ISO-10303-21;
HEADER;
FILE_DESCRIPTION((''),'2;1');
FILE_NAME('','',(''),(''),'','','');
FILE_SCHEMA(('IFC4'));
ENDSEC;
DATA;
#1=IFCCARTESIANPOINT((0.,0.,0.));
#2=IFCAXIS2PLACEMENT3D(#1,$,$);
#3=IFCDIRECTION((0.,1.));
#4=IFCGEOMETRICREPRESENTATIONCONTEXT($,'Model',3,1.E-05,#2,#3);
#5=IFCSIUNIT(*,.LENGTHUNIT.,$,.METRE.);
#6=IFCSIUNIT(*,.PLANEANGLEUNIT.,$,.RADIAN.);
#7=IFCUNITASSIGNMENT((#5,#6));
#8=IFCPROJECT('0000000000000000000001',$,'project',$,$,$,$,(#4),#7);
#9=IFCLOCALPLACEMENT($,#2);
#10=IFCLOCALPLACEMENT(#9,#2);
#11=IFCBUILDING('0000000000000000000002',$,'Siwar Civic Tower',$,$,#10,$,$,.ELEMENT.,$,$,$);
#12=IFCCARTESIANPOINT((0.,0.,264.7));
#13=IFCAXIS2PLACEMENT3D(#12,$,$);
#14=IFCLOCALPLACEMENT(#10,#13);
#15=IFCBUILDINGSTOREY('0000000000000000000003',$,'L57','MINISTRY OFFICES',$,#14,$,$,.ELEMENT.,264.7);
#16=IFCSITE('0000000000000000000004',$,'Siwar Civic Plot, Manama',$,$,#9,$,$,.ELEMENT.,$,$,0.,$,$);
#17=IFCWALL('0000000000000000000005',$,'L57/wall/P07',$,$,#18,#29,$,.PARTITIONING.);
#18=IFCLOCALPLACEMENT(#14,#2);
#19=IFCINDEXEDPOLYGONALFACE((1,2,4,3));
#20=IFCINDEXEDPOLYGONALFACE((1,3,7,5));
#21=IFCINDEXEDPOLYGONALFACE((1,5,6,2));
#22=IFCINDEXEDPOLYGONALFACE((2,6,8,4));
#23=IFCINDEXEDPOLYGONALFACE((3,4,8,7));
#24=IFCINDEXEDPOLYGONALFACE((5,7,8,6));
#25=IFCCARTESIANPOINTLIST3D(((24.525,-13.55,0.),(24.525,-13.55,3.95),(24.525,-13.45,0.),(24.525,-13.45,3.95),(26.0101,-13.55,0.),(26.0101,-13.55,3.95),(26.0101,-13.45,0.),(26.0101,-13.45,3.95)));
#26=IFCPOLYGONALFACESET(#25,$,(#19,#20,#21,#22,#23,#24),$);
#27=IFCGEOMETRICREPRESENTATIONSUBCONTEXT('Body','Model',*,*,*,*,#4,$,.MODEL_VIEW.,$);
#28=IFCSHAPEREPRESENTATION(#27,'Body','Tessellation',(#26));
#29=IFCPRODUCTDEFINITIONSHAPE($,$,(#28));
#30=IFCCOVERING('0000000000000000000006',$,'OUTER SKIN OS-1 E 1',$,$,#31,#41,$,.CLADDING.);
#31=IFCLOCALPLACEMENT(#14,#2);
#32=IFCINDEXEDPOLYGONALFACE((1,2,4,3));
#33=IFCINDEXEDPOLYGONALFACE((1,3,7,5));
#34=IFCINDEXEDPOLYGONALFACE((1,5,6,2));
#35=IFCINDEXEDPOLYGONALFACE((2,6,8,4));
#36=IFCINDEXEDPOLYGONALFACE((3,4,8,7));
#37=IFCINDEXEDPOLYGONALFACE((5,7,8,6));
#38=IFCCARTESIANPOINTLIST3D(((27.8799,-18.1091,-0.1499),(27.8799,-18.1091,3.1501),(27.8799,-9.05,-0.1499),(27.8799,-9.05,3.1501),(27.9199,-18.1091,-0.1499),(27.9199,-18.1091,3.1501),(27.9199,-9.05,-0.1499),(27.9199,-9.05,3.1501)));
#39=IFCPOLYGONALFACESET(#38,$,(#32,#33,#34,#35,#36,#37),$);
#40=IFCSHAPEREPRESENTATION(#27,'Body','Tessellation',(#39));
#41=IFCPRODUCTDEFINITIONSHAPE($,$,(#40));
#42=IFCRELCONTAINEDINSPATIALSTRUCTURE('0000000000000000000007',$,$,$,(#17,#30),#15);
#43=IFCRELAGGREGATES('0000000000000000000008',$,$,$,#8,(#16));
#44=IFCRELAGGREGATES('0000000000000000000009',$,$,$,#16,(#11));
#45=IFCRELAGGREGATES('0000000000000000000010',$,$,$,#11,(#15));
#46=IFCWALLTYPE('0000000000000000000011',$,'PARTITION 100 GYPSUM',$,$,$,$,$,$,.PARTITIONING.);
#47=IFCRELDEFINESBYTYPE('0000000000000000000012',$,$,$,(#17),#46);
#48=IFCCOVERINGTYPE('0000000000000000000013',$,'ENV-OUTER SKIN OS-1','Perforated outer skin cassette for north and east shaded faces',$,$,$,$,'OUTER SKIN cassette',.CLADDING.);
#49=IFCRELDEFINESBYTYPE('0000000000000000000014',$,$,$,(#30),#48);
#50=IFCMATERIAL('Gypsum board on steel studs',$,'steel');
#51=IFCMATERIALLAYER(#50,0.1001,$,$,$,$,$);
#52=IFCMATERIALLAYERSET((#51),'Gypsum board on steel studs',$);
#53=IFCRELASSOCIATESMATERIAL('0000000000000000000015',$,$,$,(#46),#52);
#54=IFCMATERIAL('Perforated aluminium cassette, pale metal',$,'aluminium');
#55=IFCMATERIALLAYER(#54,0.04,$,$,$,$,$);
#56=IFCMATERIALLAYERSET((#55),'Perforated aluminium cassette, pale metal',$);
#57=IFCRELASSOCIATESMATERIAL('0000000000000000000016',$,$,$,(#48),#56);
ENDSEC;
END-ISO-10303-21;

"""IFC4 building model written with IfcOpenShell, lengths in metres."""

from ifc_helpers import new_model, si_unit, direction, frame, frame_2d, origin, origin_2d, place, context, subcontext, project, spatial, rectangle, extrude, material, layer, layer_set, type_object, element, save


model = new_model("IFC4")

# Units and contexts
model_context = context("Model", 3, precision=1e-05, world=origin(), true_north=direction((0.0, 1.0)))
body_context = subcontext(model_context, "Body", "Model", "MODEL_VIEW")
ifc_project = project(units=[si_unit("LENGTHUNIT", "METRE"), si_unit("PLANEANGLEUNIT", "RADIAN")], contexts=[model_context])

# Site, building, storey
site_placement = place(None, origin())
site = spatial("IfcSite", under=ifc_project, at=site_placement, Name="Siwar Civic Plot, Manama", CompositionType="ELEMENT", RefElevation=0.0)
building_placement = place(site_placement, origin())
building = spatial("IfcBuilding", under=site, at=building_placement, Name="Siwar Civic Tower", CompositionType="ELEMENT")
storey_placement = place(building_placement, frame((0.0, 0.0, 264.7)))
storey = spatial("IfcBuildingStorey", under=building, at=storey_placement, Name="L57", Description="MINISTRY OFFICES", CompositionType="ELEMENT", Elevation=264.7)

# Shared definitions
ifc_material_1 = material(Name="Gypsum board on steel studs", Category="steel")
ifc_layer_1 = layer(ifc_material_1, 0.1001)
ifc_layer_set_1 = layer_set([ifc_layer_1], Name="Gypsum board on steel studs")
wall_type_1 = type_object("IfcWallType", Name="PARTITION 100 GYPSUM", PredefinedType="PARTITIONING", material=ifc_layer_set_1)

# Wall
wall_1_placement = place(storey_placement, frame((24.5249, -13.5, 0.0), z_axis=(0.0, 0.0, 1.0), x_axis=(1.0, 0.0, 0.0)))
element("IfcWall", 1, at=wall_1_placement, inside=storey, type_object=wall_type_1, Name="L57/wall/P07", PredefinedType="PARTITIONING", context=body_context, shape_type="SweptSolid", body=[
    extrude(rectangle(XDim=1.4851, YDim=0.1001, at=frame_2d((0.7427, 0.0))), origin(), (0.0, 0.0, 1.0), 3.95),
])

# Covering
ifc_material_2 = material(Name="Perforated aluminium cassette, pale metal", Category="aluminium")
ifc_layer_2 = layer(ifc_material_2, 0.04)
ifc_layer_set_2 = layer_set([ifc_layer_2], Name="Perforated aluminium cassette, pale metal")
covering_type = type_object("IfcCoveringType", Name="ENV-OUTER SKIN OS-1", Description="Perforated outer skin cassette for north and east shaded faces", ElementType="OUTER SKIN cassette", PredefinedType="CLADDING", material=ifc_layer_set_2)
covering_placement = place(storey_placement, frame((27.8999, -13.5796, -0.1499), z_axis=(0.0, 0.0, 1.0), x_axis=(0.0, 1.0, 0.0)))
element("IfcCovering", 2, at=covering_placement, inside=storey, type_object=covering_type, Name="OUTER SKIN OS-1 E 1", PredefinedType="CLADDING", context=body_context, shape_type="SweptSolid", body=[
    extrude(rectangle(XDim=9.0591, YDim=0.04, at=origin_2d()), origin(), (0.0, 0.0, 1.0), 3.3),
])

save(model, "model.ifc")
